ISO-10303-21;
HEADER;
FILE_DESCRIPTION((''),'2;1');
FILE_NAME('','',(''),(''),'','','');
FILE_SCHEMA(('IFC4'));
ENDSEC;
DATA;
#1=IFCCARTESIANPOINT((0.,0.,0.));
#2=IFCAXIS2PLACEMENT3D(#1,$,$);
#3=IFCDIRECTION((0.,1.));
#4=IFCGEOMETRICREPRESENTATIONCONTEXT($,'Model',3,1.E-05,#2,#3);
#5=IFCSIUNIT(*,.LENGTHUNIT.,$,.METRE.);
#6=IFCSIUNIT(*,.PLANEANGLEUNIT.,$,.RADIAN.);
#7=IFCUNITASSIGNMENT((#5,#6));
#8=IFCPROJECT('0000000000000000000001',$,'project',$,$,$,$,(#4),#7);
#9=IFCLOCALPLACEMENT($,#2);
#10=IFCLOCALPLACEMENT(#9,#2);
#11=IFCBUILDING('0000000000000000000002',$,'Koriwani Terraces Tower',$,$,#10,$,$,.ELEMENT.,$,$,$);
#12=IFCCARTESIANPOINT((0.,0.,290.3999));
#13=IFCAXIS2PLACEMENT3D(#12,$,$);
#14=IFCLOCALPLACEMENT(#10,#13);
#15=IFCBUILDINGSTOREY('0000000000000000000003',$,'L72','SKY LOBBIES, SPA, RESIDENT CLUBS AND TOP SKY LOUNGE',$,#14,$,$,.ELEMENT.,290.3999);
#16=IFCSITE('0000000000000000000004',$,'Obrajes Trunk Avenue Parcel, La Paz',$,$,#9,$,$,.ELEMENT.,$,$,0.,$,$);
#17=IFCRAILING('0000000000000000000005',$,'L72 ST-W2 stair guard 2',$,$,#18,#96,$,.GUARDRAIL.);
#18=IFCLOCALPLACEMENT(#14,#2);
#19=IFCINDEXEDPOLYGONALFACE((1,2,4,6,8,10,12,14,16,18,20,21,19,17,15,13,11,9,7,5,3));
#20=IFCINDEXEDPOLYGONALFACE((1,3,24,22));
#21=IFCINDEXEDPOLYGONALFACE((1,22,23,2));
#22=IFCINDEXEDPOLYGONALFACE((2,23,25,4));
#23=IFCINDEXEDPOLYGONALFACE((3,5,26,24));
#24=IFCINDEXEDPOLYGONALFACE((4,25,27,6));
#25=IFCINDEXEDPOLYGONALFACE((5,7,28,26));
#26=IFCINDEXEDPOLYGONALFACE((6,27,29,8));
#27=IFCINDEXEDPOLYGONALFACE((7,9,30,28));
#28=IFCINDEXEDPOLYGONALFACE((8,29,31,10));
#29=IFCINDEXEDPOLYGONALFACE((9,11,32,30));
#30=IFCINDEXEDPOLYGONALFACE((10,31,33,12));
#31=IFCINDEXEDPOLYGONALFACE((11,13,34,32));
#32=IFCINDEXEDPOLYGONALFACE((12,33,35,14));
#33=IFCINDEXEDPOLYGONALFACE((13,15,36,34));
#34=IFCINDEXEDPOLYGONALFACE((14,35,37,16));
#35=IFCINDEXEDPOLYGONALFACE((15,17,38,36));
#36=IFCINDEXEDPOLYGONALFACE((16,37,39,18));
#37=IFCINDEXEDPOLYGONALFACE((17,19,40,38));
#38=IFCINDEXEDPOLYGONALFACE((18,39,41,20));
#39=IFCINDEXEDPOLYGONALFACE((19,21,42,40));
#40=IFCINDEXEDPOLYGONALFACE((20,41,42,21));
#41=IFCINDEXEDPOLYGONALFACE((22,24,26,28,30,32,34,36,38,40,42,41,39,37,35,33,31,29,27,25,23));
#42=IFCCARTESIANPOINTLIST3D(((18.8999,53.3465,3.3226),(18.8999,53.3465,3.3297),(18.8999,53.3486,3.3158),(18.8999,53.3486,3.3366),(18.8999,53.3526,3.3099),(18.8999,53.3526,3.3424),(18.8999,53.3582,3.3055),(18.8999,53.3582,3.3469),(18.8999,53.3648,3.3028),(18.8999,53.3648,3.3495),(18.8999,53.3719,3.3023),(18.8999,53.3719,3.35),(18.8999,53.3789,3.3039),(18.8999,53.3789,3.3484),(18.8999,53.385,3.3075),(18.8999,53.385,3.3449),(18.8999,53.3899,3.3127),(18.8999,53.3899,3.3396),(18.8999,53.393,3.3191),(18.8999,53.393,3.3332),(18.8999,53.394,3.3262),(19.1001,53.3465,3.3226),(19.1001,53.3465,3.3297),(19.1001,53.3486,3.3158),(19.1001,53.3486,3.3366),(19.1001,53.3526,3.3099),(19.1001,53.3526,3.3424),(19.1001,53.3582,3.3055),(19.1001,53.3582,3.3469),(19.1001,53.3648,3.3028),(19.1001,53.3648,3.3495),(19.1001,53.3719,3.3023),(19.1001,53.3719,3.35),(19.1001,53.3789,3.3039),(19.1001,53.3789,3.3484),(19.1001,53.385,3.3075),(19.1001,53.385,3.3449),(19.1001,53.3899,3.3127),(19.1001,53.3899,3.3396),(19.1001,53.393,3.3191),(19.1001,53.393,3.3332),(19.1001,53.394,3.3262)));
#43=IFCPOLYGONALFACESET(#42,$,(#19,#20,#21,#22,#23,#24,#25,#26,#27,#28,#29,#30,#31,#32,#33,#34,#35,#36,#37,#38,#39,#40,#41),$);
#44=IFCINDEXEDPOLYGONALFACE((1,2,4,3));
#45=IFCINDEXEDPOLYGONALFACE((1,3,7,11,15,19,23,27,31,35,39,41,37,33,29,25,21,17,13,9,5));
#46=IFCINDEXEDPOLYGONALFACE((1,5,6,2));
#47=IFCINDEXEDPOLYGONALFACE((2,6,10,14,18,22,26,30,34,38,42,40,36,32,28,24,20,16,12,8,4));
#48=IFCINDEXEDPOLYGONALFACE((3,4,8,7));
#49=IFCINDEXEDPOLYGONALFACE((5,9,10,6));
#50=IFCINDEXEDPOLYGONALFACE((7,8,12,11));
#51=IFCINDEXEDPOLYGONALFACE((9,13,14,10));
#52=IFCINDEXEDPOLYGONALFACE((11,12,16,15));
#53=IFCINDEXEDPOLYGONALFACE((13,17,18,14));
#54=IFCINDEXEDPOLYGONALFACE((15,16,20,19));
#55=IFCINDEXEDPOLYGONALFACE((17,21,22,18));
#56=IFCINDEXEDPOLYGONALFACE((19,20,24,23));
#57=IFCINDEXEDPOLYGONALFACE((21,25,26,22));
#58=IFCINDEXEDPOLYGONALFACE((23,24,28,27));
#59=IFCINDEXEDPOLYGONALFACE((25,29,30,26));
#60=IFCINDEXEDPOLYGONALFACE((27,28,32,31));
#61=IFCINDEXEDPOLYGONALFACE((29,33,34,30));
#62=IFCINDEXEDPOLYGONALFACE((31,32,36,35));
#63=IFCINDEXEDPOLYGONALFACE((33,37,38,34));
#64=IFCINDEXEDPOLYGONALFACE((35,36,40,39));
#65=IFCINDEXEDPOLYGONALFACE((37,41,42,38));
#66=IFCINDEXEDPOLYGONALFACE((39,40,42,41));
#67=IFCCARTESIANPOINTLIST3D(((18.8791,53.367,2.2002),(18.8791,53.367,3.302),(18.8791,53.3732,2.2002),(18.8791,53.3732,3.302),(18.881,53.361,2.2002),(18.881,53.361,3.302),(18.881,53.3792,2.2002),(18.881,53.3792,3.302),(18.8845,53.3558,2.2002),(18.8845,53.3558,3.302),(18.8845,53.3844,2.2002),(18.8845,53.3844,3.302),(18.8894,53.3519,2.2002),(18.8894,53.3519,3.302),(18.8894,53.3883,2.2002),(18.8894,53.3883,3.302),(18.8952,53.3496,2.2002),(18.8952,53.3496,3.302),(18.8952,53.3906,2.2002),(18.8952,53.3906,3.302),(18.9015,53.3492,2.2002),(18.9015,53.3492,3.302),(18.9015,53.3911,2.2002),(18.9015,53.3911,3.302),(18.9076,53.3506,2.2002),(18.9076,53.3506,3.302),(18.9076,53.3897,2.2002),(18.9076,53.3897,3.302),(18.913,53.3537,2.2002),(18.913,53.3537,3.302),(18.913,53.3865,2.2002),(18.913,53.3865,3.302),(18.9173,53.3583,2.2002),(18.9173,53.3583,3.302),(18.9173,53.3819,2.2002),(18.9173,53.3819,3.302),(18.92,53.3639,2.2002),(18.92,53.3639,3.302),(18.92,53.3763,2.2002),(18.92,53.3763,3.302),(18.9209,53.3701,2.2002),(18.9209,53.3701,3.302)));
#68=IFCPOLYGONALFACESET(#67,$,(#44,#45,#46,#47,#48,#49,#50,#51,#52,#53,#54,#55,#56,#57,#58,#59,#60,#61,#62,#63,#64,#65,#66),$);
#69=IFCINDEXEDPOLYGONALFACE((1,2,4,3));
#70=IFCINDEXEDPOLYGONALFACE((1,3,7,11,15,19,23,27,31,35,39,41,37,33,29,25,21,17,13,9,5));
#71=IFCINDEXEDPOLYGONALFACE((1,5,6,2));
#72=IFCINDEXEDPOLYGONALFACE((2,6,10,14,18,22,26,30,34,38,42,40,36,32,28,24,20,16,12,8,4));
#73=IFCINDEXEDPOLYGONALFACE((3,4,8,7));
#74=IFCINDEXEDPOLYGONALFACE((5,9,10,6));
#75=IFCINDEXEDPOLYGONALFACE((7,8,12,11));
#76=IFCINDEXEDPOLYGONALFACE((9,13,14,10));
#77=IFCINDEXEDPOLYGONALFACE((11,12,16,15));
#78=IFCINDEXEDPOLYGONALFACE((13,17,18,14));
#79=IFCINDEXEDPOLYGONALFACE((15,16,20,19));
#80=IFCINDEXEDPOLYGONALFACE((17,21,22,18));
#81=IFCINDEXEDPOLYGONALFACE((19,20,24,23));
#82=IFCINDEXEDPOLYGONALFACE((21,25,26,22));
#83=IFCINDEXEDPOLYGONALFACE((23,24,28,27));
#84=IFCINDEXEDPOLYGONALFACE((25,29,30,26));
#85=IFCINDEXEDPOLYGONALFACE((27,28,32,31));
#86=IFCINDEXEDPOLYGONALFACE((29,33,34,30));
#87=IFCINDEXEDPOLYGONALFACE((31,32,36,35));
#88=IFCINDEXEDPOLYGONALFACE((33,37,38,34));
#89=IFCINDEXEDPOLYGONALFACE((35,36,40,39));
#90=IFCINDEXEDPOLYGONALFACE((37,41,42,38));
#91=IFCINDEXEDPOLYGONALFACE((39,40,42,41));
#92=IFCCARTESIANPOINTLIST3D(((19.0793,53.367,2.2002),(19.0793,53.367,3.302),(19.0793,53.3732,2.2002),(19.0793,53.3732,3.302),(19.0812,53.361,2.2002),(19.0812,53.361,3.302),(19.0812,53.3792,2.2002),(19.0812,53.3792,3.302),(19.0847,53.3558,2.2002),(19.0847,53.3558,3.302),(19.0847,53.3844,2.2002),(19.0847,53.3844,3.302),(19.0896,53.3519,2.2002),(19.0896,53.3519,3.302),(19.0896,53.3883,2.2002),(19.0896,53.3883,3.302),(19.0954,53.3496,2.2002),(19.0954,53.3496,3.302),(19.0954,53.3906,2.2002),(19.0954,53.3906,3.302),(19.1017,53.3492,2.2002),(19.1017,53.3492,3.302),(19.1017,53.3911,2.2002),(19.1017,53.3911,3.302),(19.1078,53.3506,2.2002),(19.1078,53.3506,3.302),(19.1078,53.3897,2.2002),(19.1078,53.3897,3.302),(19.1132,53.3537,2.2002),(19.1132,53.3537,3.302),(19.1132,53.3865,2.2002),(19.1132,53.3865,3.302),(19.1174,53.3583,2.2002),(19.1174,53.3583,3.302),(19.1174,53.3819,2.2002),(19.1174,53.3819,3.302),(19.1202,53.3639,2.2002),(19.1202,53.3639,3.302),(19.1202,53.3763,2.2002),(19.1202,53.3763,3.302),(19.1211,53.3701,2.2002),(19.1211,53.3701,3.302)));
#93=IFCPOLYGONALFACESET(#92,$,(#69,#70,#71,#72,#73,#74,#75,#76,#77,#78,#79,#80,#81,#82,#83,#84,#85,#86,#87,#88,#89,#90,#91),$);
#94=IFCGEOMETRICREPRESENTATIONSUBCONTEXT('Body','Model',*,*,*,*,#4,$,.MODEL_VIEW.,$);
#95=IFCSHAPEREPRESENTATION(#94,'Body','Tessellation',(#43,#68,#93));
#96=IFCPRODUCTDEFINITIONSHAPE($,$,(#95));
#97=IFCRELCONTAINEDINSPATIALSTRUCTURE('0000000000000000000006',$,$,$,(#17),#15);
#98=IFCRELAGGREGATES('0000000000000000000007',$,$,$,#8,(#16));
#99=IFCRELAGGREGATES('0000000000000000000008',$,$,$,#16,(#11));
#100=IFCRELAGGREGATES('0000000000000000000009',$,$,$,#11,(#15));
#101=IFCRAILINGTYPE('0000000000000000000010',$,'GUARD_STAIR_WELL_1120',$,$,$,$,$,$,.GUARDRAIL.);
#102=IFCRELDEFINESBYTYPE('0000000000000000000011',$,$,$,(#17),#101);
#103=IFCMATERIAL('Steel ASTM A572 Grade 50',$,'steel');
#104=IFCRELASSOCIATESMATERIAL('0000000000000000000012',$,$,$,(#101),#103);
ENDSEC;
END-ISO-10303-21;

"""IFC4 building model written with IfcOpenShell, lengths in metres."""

from ifc_helpers import new_model, si_unit, direction, frame, origin, origin_2d, place, context, subcontext, project, spatial, circle, extrude, material, type_object, element, save


model = new_model("IFC4")

# Units and contexts
model_context = context("Model", 3, precision=1e-05, world=origin(), true_north=direction((0.0, 1.0)))
body_context = subcontext(model_context, "Body", "Model", "MODEL_VIEW")
ifc_project = project(units=[si_unit("LENGTHUNIT", "METRE"), si_unit("PLANEANGLEUNIT", "RADIAN")], contexts=[model_context])

# Site, building, storey
site_placement = place(None, origin())
site = spatial("IfcSite", under=ifc_project, at=site_placement, Name="Obrajes Trunk Avenue Parcel, La Paz", CompositionType="ELEMENT", RefElevation=0.0)
building_placement = place(site_placement, origin())
building = spatial("IfcBuilding", under=site, at=building_placement, Name="Koriwani Terraces Tower", CompositionType="ELEMENT")
storey_placement = place(building_placement, frame((0.0, 0.0, 290.3999)))
storey = spatial("IfcBuildingStorey", under=building, at=storey_placement, Name="L72", Description="SKY LOBBIES, SPA, RESIDENT CLUBS AND TOP SKY LOUNGE", CompositionType="ELEMENT", Elevation=290.3999)

# Railing
ifc_material_1 = material(Name="Steel ASTM A572 Grade 50", Category="steel")
railing_type_1 = type_object("IfcRailingType", Name="GUARD_STAIR_WELL_1120", PredefinedType="GUARDRAIL", material=ifc_material_1)
railing_1_placement = place(storey_placement, frame((18.8999, 53.3701, 2.2002)))
element("IfcRailing", 1, at=railing_1_placement, inside=storey, type_object=railing_type_1, Name="L72 ST-W2 stair guard 2", PredefinedType="GUARDRAIL", context=body_context, shape_type="SweptSolid", body=[
    extrude(circle(Radius=0.0239, at=origin_2d()), frame((0.0, 0.0, 1.126), z_axis=(1.0, 0.0, 0.0), x_axis=(0.0, 1.0, 0.0)), (0.0, 0.0, 1.0), 0.2002),
    extrude(circle(Radius=0.021, at=origin_2d()), origin(), (0.0, 0.0, 1.0), 1.1018),
    extrude(circle(Radius=0.021, at=origin_2d()), frame((0.2002, 0.0, 0.0)), (0.0, 0.0, 1.0), 1.1018),
])

save(model, "model.ifc")
